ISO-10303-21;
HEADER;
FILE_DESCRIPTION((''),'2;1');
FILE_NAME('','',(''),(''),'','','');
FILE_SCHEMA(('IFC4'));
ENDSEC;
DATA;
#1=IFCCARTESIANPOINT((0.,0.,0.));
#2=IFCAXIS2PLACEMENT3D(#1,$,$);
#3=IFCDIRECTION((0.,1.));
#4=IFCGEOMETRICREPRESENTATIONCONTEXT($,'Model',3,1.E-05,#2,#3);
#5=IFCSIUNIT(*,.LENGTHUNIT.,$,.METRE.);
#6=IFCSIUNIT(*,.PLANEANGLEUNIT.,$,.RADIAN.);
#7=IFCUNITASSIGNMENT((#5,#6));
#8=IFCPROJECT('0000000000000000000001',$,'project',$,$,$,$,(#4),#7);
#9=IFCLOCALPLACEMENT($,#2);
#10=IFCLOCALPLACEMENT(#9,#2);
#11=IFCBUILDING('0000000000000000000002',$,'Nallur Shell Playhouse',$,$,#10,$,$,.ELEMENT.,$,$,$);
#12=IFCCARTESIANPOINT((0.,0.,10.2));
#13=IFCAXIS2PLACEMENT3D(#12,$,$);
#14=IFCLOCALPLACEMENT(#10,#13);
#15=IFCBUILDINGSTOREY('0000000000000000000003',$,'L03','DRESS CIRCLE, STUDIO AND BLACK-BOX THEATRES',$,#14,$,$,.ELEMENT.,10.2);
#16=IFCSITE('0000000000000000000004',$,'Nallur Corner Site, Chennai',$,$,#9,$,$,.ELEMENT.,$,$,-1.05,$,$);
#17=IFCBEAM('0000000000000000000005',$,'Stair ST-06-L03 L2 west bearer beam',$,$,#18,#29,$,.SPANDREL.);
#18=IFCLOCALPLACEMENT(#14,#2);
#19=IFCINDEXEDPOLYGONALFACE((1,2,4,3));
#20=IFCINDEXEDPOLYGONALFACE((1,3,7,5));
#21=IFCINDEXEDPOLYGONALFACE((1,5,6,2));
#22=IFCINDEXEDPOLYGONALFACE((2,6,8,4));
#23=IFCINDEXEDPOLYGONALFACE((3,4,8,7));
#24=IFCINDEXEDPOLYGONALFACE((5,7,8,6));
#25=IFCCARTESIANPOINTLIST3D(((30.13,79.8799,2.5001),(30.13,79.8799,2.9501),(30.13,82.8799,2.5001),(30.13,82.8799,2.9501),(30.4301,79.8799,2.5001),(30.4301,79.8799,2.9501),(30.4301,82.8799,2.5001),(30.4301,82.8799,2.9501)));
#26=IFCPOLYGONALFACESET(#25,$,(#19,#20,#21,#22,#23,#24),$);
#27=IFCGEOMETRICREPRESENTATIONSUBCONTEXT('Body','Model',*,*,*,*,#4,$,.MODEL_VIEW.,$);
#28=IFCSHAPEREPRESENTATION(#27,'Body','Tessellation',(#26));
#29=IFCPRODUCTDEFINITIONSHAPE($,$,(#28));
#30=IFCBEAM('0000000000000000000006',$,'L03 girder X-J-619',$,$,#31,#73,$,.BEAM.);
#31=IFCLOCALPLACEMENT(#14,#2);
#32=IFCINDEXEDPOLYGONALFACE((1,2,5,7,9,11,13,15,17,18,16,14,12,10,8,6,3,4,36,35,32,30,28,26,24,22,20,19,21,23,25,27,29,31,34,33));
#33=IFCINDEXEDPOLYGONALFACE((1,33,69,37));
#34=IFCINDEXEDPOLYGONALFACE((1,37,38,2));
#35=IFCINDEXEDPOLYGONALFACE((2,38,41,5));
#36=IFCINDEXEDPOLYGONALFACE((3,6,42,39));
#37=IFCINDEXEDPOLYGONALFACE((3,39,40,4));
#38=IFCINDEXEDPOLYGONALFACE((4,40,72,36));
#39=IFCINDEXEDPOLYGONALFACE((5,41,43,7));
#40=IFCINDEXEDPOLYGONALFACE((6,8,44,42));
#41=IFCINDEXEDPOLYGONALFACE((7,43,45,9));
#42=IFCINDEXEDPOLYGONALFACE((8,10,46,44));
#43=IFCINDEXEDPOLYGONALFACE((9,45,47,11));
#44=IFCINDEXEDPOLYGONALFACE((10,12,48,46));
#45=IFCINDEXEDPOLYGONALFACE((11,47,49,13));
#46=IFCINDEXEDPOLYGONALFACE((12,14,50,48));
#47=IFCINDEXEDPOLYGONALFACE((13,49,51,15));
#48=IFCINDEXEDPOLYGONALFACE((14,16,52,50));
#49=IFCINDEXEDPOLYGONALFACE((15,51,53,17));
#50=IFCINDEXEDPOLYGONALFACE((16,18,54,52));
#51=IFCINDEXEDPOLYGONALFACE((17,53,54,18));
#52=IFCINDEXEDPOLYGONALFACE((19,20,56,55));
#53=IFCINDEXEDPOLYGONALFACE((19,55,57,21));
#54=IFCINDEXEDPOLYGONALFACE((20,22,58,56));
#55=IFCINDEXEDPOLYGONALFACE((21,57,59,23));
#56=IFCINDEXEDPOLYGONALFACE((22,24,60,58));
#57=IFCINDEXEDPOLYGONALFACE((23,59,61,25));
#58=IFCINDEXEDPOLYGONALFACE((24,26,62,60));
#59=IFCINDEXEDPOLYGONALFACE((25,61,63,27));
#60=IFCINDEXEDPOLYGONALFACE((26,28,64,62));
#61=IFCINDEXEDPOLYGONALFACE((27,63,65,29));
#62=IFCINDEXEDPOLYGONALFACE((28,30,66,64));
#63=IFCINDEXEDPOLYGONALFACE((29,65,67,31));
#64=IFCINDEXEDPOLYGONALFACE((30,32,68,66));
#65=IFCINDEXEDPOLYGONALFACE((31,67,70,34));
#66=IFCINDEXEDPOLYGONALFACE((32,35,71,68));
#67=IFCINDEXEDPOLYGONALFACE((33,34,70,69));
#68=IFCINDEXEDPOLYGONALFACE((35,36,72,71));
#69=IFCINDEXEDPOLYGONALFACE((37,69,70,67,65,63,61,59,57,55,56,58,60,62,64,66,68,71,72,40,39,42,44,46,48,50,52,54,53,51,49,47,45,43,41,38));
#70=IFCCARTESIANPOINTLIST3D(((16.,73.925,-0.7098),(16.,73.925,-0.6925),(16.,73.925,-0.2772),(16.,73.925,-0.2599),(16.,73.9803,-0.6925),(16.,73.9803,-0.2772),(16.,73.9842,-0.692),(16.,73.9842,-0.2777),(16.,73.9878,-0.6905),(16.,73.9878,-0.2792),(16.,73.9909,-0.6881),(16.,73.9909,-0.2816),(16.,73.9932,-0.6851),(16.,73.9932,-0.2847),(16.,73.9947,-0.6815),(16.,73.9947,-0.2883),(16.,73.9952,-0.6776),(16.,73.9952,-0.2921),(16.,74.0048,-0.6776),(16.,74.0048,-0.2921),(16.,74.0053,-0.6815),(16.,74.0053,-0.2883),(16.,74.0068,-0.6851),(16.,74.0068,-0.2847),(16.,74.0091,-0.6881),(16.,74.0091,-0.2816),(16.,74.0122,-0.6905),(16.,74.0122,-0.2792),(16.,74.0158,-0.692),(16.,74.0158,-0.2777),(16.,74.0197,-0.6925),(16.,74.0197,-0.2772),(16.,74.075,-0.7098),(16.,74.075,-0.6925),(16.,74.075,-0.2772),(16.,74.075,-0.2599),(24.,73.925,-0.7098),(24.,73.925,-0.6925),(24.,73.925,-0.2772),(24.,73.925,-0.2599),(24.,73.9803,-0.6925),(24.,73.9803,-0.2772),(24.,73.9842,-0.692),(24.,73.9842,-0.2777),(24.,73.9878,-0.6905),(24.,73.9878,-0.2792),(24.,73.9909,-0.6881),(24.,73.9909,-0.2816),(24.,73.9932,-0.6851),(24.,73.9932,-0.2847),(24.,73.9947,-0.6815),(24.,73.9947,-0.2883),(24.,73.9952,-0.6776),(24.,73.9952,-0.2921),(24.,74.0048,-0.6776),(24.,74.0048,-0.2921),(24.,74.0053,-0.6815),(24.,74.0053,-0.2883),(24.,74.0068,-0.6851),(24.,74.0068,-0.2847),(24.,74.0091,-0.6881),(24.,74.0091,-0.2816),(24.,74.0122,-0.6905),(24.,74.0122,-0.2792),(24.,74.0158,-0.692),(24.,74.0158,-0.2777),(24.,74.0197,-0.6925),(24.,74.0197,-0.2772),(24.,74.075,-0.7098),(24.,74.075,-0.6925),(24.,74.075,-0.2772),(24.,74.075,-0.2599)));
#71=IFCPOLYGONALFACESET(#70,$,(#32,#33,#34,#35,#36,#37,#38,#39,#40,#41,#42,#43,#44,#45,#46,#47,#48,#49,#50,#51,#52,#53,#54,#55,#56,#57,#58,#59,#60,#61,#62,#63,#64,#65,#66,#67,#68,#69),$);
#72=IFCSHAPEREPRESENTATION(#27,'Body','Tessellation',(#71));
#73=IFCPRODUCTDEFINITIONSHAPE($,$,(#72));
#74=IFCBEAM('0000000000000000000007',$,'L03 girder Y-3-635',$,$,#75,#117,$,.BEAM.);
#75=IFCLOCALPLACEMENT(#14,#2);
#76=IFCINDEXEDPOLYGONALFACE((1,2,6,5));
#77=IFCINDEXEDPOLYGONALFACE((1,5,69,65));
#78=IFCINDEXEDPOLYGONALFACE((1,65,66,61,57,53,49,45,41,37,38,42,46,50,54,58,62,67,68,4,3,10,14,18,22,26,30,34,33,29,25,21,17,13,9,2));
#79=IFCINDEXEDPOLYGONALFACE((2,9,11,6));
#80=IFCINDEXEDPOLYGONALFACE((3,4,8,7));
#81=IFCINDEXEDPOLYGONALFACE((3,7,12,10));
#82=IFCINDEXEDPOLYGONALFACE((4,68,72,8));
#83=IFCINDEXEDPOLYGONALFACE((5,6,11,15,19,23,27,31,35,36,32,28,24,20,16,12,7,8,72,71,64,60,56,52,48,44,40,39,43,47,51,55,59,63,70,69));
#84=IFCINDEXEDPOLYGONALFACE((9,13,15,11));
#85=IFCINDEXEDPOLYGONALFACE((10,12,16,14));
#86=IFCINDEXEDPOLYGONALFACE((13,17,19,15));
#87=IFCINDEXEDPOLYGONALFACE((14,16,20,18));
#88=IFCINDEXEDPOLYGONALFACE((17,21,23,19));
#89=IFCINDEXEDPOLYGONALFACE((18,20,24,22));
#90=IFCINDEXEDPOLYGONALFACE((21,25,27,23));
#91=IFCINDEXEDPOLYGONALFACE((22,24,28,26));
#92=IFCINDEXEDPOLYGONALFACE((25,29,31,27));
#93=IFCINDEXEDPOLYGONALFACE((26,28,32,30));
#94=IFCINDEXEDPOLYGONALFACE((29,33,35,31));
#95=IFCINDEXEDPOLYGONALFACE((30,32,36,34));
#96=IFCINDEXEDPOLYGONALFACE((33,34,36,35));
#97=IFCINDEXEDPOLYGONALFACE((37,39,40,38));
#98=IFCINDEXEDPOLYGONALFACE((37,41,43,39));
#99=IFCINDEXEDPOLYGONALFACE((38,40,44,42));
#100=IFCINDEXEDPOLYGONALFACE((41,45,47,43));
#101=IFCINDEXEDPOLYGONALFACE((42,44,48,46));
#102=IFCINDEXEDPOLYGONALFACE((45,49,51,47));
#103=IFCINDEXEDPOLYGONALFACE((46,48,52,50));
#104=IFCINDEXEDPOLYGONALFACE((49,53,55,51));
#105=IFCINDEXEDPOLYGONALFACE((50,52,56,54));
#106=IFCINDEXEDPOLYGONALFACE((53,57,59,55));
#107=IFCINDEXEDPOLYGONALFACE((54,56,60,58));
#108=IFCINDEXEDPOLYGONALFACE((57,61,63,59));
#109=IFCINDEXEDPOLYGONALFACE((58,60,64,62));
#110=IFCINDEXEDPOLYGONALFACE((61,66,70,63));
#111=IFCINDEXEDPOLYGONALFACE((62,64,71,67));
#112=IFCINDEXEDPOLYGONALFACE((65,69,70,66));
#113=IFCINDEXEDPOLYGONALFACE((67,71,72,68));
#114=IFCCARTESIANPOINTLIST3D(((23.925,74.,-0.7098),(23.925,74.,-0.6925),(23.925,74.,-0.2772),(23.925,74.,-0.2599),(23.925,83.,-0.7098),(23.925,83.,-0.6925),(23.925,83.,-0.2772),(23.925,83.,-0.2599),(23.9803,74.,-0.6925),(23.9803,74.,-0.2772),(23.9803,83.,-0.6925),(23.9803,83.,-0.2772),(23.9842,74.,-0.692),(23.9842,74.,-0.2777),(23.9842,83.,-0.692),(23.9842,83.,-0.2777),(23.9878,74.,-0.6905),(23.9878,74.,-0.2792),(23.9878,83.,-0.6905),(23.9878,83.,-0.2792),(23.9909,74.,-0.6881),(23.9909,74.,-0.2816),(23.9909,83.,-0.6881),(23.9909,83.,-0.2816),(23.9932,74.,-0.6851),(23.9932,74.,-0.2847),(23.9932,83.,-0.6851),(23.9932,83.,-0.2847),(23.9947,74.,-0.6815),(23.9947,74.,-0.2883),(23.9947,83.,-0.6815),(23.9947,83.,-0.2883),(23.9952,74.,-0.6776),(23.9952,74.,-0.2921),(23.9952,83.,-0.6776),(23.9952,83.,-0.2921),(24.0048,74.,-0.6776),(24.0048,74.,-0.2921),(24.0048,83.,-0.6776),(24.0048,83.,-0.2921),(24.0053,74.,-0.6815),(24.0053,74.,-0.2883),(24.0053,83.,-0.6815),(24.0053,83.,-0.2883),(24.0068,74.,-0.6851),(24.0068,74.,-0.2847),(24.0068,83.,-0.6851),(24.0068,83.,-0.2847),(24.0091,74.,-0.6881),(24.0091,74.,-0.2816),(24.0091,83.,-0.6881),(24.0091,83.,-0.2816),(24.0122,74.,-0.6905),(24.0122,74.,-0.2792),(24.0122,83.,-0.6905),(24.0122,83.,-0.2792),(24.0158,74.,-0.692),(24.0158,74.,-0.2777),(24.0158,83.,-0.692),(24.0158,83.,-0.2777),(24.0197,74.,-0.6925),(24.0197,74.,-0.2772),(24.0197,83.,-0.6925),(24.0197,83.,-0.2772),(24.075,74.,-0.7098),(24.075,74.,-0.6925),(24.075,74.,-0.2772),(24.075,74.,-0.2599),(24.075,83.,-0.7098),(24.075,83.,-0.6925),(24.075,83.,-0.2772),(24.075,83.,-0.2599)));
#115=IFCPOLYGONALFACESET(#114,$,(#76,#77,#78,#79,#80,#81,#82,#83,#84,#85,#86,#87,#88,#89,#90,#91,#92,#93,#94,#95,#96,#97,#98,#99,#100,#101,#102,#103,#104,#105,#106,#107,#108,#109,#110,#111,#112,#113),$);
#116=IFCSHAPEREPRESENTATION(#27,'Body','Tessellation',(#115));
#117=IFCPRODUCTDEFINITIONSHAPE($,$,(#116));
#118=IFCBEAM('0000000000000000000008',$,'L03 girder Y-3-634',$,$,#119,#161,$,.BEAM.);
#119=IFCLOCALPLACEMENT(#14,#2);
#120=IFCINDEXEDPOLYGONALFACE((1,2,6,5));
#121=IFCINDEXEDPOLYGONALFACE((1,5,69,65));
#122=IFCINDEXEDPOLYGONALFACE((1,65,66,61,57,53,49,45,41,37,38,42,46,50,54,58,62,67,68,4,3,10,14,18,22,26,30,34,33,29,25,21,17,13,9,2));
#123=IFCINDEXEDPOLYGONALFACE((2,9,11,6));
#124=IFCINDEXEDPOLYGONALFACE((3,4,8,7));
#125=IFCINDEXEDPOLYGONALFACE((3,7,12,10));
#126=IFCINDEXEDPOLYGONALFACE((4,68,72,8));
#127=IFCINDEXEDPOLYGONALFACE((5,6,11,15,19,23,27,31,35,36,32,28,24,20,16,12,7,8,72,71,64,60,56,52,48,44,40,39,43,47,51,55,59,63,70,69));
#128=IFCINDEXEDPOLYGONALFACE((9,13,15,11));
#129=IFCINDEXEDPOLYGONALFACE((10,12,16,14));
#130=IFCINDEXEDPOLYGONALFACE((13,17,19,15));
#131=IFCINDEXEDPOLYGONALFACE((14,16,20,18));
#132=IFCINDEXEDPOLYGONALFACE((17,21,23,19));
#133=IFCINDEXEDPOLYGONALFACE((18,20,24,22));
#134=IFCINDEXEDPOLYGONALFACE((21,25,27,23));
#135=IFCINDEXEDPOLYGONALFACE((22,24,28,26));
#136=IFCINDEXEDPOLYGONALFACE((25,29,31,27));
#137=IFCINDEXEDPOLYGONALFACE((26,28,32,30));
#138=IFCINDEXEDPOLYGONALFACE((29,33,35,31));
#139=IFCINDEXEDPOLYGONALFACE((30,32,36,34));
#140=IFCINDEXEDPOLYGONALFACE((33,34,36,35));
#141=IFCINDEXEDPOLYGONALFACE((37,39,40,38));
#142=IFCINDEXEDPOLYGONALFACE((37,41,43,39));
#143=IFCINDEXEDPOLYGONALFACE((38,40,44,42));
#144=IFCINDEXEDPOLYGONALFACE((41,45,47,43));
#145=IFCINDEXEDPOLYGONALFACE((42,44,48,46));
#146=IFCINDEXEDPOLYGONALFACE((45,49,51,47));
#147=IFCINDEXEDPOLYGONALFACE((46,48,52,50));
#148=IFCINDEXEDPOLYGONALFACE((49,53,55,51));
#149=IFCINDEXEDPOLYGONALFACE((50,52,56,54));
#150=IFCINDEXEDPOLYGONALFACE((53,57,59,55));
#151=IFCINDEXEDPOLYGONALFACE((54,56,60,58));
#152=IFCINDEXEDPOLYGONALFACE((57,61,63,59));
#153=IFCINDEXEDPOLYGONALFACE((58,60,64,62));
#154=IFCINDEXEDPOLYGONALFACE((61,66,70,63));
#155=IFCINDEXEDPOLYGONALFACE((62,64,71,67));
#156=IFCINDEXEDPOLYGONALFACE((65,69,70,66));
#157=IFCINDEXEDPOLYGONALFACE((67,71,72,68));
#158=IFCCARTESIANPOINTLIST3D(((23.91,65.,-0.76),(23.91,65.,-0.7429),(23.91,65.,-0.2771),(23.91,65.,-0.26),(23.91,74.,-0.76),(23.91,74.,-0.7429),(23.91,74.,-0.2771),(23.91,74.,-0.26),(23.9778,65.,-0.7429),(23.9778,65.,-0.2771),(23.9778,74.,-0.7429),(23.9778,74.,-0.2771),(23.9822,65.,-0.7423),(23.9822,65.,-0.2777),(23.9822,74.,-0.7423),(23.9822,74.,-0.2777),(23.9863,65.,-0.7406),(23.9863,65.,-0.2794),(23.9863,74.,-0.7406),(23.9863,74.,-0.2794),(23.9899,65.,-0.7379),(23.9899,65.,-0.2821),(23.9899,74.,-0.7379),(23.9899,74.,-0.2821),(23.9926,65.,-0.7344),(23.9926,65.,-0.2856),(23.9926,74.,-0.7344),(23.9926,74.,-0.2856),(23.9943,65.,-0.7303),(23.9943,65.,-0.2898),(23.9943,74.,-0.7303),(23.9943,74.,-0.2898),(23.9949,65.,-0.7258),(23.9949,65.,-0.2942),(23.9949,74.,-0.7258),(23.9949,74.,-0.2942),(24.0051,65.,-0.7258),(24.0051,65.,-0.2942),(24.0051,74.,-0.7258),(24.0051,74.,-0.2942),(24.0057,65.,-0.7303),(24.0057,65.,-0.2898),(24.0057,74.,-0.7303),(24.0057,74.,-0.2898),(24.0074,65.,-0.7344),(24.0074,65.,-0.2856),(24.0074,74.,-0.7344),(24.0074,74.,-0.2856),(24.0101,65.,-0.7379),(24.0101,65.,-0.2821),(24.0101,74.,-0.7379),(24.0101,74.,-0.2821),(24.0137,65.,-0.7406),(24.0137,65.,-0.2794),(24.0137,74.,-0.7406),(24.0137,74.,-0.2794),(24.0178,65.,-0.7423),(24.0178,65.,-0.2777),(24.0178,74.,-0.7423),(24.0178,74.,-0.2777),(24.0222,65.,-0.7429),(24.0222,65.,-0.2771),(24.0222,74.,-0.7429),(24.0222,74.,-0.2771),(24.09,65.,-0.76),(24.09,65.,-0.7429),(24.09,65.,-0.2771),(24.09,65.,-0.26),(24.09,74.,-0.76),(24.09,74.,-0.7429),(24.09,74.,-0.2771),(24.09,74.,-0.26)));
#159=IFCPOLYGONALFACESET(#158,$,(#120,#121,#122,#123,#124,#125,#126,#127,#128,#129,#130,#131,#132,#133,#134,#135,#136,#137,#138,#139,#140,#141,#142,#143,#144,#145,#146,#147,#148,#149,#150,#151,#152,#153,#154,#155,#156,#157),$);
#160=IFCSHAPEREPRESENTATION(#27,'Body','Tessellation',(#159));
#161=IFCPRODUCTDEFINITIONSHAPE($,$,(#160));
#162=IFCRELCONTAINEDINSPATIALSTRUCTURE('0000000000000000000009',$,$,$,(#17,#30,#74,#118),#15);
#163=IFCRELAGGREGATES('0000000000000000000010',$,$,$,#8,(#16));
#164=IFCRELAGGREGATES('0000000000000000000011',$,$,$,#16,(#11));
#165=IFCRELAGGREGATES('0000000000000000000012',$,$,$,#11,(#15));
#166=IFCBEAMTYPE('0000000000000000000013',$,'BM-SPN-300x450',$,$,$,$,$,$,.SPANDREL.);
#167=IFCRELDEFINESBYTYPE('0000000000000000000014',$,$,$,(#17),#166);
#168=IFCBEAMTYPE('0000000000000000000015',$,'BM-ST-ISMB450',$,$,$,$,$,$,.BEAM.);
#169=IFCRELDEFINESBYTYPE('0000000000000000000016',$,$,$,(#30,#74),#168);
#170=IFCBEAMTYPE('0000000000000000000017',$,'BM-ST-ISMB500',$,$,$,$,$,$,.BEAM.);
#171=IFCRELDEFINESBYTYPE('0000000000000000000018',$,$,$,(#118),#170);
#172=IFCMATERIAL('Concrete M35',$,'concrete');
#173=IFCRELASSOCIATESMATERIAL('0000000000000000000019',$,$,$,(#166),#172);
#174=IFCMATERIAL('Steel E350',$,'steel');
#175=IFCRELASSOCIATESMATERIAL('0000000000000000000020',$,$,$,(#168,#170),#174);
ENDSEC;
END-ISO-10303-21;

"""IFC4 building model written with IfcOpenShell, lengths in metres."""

from ifc_helpers import new_model, si_unit, direction, frame, origin, origin_2d, place, context, subcontext, project, spatial, rectangle, i_section, extrude, material, material_profile, profile_set, type_object, element, save


model = new_model("IFC4")

# Units and contexts
model_context = context("Model", 3, precision=1e-05, world=origin(), true_north=direction((0.0, 1.0)))
body_context = subcontext(model_context, "Body", "Model", "MODEL_VIEW")
ifc_project = project(units=[si_unit("LENGTHUNIT", "METRE"), si_unit("PLANEANGLEUNIT", "RADIAN")], contexts=[model_context])

# Site, building, storey
site_placement = place(None, origin())
site = spatial("IfcSite", under=ifc_project, at=site_placement, Name="Nallur Corner Site, Chennai", CompositionType="ELEMENT", RefElevation=-1.05)
building_placement = place(site_placement, origin())
building = spatial("IfcBuilding", under=site, at=building_placement, Name="Nallur Shell Playhouse", CompositionType="ELEMENT")
storey_placement = place(building_placement, frame((0.0, 0.0, 10.2)))
storey = spatial("IfcBuildingStorey", under=building, at=storey_placement, Name="L03", Description="DRESS CIRCLE, STUDIO AND BLACK-BOX THEATRES", CompositionType="ELEMENT", Elevation=10.2)

# Shared definitions
ifc_material_1 = material(Name="Steel E350", Category="steel")

# Beams
ifc_material_2 = material(Name="Concrete M35", Category="concrete")
ifc_material_profile_1 = material_profile(ifc_material_2, rectangle(XDim=0.3, YDim=0.45, at=origin_2d()), Name="RC 300x450")
ifc_profile_set_1 = profile_set([ifc_material_profile_1], Name="Concrete M35")
beam_type_1 = type_object("IfcBeamType", Name="BM-SPN-300x450", PredefinedType="SPANDREL", material=ifc_profile_set_1)
beam_1_placement = place(storey_placement, frame((30.28, 79.8799, 2.7251), z_axis=(0.0, 1.0, 0.0), x_axis=(-1.0, 0.0, 0.0)))
element("IfcBeam", 1, at=beam_1_placement, inside=storey, type_object=beam_type_1, Name="Stair ST-06-L03 L2 west bearer beam", PredefinedType="SPANDREL", context=body_context, shape_type="SweptSolid", body=[
    extrude(rectangle(XDim=0.3, YDim=0.45, at=origin_2d()), origin(), (0.0, 0.0, 1.0), 3.0),
])
ifc_material_profile_2 = material_profile(ifc_material_1, i_section(OverallWidth=0.1499, OverallDepth=0.45, WebThickness=0.0095, FlangeThickness=0.0173, FilletRadius=0.0149, at=origin_2d()), Name="ISMB 450")
ifc_profile_set_2 = profile_set([ifc_material_profile_2], Name="Steel E350")
beam_type_2 = type_object("IfcBeamType", Name="BM-ST-ISMB450", PredefinedType="BEAM", material=ifc_profile_set_2)
beam_2_placement = place(storey_placement, frame((16.0, 74.0, -0.4849), z_axis=(1.0, 0.0, 0.0), x_axis=(0.0, 1.0, 0.0)))
element("IfcBeam", 2, at=beam_2_placement, inside=storey, type_object=beam_type_2, Name="L03 girder X-J-619", PredefinedType="BEAM", context=body_context, shape_type="SweptSolid", body=[
    extrude(i_section(OverallWidth=0.1499, OverallDepth=0.45, WebThickness=0.0095, FlangeThickness=0.0173, FilletRadius=0.0149, at=origin_2d()), origin(), (0.0, 0.0, 1.0), 8.0),
])
beam_3_placement = place(storey_placement, frame((24.0, 74.0, -0.4849), z_axis=(0.0, 1.0, 0.0), x_axis=(-1.0, 0.0, 0.0)))
element("IfcBeam", 3, at=beam_3_placement, inside=storey, type_object=beam_type_2, Name="L03 girder Y-3-635", PredefinedType="BEAM", context=body_context, shape_type="SweptSolid", body=[
    extrude(i_section(OverallWidth=0.1499, OverallDepth=0.45, WebThickness=0.0095, FlangeThickness=0.0173, FilletRadius=0.0149, at=origin_2d()), origin(), (0.0, 0.0, 1.0), 9.0),
])
ifc_material_profile_3 = material_profile(ifc_material_1, i_section(OverallWidth=0.1799, OverallDepth=0.5, WebThickness=0.0103, FlangeThickness=0.0171, FilletRadius=0.0171, at=origin_2d()), Name="ISMB 500")
ifc_profile_set_3 = profile_set([ifc_material_profile_3], Name="Steel E350")
beam_type_3 = type_object("IfcBeamType", Name="BM-ST-ISMB500", PredefinedType="BEAM", material=ifc_profile_set_3)
beam_4_placement = place(storey_placement, frame((24.0, 65.0, -0.51), z_axis=(0.0, 1.0, 0.0), x_axis=(-1.0, 0.0, 0.0)))
element("IfcBeam", 4, at=beam_4_placement, inside=storey, type_object=beam_type_3, Name="L03 girder Y-3-634", PredefinedType="BEAM", context=body_context, shape_type="SweptSolid", body=[
    extrude(i_section(OverallWidth=0.1799, OverallDepth=0.5, WebThickness=0.0103, FlangeThickness=0.0171, FilletRadius=0.0171, at=origin_2d()), origin(), (0.0, 0.0, 1.0), 9.0),
])

save(model, "model.ifc")
